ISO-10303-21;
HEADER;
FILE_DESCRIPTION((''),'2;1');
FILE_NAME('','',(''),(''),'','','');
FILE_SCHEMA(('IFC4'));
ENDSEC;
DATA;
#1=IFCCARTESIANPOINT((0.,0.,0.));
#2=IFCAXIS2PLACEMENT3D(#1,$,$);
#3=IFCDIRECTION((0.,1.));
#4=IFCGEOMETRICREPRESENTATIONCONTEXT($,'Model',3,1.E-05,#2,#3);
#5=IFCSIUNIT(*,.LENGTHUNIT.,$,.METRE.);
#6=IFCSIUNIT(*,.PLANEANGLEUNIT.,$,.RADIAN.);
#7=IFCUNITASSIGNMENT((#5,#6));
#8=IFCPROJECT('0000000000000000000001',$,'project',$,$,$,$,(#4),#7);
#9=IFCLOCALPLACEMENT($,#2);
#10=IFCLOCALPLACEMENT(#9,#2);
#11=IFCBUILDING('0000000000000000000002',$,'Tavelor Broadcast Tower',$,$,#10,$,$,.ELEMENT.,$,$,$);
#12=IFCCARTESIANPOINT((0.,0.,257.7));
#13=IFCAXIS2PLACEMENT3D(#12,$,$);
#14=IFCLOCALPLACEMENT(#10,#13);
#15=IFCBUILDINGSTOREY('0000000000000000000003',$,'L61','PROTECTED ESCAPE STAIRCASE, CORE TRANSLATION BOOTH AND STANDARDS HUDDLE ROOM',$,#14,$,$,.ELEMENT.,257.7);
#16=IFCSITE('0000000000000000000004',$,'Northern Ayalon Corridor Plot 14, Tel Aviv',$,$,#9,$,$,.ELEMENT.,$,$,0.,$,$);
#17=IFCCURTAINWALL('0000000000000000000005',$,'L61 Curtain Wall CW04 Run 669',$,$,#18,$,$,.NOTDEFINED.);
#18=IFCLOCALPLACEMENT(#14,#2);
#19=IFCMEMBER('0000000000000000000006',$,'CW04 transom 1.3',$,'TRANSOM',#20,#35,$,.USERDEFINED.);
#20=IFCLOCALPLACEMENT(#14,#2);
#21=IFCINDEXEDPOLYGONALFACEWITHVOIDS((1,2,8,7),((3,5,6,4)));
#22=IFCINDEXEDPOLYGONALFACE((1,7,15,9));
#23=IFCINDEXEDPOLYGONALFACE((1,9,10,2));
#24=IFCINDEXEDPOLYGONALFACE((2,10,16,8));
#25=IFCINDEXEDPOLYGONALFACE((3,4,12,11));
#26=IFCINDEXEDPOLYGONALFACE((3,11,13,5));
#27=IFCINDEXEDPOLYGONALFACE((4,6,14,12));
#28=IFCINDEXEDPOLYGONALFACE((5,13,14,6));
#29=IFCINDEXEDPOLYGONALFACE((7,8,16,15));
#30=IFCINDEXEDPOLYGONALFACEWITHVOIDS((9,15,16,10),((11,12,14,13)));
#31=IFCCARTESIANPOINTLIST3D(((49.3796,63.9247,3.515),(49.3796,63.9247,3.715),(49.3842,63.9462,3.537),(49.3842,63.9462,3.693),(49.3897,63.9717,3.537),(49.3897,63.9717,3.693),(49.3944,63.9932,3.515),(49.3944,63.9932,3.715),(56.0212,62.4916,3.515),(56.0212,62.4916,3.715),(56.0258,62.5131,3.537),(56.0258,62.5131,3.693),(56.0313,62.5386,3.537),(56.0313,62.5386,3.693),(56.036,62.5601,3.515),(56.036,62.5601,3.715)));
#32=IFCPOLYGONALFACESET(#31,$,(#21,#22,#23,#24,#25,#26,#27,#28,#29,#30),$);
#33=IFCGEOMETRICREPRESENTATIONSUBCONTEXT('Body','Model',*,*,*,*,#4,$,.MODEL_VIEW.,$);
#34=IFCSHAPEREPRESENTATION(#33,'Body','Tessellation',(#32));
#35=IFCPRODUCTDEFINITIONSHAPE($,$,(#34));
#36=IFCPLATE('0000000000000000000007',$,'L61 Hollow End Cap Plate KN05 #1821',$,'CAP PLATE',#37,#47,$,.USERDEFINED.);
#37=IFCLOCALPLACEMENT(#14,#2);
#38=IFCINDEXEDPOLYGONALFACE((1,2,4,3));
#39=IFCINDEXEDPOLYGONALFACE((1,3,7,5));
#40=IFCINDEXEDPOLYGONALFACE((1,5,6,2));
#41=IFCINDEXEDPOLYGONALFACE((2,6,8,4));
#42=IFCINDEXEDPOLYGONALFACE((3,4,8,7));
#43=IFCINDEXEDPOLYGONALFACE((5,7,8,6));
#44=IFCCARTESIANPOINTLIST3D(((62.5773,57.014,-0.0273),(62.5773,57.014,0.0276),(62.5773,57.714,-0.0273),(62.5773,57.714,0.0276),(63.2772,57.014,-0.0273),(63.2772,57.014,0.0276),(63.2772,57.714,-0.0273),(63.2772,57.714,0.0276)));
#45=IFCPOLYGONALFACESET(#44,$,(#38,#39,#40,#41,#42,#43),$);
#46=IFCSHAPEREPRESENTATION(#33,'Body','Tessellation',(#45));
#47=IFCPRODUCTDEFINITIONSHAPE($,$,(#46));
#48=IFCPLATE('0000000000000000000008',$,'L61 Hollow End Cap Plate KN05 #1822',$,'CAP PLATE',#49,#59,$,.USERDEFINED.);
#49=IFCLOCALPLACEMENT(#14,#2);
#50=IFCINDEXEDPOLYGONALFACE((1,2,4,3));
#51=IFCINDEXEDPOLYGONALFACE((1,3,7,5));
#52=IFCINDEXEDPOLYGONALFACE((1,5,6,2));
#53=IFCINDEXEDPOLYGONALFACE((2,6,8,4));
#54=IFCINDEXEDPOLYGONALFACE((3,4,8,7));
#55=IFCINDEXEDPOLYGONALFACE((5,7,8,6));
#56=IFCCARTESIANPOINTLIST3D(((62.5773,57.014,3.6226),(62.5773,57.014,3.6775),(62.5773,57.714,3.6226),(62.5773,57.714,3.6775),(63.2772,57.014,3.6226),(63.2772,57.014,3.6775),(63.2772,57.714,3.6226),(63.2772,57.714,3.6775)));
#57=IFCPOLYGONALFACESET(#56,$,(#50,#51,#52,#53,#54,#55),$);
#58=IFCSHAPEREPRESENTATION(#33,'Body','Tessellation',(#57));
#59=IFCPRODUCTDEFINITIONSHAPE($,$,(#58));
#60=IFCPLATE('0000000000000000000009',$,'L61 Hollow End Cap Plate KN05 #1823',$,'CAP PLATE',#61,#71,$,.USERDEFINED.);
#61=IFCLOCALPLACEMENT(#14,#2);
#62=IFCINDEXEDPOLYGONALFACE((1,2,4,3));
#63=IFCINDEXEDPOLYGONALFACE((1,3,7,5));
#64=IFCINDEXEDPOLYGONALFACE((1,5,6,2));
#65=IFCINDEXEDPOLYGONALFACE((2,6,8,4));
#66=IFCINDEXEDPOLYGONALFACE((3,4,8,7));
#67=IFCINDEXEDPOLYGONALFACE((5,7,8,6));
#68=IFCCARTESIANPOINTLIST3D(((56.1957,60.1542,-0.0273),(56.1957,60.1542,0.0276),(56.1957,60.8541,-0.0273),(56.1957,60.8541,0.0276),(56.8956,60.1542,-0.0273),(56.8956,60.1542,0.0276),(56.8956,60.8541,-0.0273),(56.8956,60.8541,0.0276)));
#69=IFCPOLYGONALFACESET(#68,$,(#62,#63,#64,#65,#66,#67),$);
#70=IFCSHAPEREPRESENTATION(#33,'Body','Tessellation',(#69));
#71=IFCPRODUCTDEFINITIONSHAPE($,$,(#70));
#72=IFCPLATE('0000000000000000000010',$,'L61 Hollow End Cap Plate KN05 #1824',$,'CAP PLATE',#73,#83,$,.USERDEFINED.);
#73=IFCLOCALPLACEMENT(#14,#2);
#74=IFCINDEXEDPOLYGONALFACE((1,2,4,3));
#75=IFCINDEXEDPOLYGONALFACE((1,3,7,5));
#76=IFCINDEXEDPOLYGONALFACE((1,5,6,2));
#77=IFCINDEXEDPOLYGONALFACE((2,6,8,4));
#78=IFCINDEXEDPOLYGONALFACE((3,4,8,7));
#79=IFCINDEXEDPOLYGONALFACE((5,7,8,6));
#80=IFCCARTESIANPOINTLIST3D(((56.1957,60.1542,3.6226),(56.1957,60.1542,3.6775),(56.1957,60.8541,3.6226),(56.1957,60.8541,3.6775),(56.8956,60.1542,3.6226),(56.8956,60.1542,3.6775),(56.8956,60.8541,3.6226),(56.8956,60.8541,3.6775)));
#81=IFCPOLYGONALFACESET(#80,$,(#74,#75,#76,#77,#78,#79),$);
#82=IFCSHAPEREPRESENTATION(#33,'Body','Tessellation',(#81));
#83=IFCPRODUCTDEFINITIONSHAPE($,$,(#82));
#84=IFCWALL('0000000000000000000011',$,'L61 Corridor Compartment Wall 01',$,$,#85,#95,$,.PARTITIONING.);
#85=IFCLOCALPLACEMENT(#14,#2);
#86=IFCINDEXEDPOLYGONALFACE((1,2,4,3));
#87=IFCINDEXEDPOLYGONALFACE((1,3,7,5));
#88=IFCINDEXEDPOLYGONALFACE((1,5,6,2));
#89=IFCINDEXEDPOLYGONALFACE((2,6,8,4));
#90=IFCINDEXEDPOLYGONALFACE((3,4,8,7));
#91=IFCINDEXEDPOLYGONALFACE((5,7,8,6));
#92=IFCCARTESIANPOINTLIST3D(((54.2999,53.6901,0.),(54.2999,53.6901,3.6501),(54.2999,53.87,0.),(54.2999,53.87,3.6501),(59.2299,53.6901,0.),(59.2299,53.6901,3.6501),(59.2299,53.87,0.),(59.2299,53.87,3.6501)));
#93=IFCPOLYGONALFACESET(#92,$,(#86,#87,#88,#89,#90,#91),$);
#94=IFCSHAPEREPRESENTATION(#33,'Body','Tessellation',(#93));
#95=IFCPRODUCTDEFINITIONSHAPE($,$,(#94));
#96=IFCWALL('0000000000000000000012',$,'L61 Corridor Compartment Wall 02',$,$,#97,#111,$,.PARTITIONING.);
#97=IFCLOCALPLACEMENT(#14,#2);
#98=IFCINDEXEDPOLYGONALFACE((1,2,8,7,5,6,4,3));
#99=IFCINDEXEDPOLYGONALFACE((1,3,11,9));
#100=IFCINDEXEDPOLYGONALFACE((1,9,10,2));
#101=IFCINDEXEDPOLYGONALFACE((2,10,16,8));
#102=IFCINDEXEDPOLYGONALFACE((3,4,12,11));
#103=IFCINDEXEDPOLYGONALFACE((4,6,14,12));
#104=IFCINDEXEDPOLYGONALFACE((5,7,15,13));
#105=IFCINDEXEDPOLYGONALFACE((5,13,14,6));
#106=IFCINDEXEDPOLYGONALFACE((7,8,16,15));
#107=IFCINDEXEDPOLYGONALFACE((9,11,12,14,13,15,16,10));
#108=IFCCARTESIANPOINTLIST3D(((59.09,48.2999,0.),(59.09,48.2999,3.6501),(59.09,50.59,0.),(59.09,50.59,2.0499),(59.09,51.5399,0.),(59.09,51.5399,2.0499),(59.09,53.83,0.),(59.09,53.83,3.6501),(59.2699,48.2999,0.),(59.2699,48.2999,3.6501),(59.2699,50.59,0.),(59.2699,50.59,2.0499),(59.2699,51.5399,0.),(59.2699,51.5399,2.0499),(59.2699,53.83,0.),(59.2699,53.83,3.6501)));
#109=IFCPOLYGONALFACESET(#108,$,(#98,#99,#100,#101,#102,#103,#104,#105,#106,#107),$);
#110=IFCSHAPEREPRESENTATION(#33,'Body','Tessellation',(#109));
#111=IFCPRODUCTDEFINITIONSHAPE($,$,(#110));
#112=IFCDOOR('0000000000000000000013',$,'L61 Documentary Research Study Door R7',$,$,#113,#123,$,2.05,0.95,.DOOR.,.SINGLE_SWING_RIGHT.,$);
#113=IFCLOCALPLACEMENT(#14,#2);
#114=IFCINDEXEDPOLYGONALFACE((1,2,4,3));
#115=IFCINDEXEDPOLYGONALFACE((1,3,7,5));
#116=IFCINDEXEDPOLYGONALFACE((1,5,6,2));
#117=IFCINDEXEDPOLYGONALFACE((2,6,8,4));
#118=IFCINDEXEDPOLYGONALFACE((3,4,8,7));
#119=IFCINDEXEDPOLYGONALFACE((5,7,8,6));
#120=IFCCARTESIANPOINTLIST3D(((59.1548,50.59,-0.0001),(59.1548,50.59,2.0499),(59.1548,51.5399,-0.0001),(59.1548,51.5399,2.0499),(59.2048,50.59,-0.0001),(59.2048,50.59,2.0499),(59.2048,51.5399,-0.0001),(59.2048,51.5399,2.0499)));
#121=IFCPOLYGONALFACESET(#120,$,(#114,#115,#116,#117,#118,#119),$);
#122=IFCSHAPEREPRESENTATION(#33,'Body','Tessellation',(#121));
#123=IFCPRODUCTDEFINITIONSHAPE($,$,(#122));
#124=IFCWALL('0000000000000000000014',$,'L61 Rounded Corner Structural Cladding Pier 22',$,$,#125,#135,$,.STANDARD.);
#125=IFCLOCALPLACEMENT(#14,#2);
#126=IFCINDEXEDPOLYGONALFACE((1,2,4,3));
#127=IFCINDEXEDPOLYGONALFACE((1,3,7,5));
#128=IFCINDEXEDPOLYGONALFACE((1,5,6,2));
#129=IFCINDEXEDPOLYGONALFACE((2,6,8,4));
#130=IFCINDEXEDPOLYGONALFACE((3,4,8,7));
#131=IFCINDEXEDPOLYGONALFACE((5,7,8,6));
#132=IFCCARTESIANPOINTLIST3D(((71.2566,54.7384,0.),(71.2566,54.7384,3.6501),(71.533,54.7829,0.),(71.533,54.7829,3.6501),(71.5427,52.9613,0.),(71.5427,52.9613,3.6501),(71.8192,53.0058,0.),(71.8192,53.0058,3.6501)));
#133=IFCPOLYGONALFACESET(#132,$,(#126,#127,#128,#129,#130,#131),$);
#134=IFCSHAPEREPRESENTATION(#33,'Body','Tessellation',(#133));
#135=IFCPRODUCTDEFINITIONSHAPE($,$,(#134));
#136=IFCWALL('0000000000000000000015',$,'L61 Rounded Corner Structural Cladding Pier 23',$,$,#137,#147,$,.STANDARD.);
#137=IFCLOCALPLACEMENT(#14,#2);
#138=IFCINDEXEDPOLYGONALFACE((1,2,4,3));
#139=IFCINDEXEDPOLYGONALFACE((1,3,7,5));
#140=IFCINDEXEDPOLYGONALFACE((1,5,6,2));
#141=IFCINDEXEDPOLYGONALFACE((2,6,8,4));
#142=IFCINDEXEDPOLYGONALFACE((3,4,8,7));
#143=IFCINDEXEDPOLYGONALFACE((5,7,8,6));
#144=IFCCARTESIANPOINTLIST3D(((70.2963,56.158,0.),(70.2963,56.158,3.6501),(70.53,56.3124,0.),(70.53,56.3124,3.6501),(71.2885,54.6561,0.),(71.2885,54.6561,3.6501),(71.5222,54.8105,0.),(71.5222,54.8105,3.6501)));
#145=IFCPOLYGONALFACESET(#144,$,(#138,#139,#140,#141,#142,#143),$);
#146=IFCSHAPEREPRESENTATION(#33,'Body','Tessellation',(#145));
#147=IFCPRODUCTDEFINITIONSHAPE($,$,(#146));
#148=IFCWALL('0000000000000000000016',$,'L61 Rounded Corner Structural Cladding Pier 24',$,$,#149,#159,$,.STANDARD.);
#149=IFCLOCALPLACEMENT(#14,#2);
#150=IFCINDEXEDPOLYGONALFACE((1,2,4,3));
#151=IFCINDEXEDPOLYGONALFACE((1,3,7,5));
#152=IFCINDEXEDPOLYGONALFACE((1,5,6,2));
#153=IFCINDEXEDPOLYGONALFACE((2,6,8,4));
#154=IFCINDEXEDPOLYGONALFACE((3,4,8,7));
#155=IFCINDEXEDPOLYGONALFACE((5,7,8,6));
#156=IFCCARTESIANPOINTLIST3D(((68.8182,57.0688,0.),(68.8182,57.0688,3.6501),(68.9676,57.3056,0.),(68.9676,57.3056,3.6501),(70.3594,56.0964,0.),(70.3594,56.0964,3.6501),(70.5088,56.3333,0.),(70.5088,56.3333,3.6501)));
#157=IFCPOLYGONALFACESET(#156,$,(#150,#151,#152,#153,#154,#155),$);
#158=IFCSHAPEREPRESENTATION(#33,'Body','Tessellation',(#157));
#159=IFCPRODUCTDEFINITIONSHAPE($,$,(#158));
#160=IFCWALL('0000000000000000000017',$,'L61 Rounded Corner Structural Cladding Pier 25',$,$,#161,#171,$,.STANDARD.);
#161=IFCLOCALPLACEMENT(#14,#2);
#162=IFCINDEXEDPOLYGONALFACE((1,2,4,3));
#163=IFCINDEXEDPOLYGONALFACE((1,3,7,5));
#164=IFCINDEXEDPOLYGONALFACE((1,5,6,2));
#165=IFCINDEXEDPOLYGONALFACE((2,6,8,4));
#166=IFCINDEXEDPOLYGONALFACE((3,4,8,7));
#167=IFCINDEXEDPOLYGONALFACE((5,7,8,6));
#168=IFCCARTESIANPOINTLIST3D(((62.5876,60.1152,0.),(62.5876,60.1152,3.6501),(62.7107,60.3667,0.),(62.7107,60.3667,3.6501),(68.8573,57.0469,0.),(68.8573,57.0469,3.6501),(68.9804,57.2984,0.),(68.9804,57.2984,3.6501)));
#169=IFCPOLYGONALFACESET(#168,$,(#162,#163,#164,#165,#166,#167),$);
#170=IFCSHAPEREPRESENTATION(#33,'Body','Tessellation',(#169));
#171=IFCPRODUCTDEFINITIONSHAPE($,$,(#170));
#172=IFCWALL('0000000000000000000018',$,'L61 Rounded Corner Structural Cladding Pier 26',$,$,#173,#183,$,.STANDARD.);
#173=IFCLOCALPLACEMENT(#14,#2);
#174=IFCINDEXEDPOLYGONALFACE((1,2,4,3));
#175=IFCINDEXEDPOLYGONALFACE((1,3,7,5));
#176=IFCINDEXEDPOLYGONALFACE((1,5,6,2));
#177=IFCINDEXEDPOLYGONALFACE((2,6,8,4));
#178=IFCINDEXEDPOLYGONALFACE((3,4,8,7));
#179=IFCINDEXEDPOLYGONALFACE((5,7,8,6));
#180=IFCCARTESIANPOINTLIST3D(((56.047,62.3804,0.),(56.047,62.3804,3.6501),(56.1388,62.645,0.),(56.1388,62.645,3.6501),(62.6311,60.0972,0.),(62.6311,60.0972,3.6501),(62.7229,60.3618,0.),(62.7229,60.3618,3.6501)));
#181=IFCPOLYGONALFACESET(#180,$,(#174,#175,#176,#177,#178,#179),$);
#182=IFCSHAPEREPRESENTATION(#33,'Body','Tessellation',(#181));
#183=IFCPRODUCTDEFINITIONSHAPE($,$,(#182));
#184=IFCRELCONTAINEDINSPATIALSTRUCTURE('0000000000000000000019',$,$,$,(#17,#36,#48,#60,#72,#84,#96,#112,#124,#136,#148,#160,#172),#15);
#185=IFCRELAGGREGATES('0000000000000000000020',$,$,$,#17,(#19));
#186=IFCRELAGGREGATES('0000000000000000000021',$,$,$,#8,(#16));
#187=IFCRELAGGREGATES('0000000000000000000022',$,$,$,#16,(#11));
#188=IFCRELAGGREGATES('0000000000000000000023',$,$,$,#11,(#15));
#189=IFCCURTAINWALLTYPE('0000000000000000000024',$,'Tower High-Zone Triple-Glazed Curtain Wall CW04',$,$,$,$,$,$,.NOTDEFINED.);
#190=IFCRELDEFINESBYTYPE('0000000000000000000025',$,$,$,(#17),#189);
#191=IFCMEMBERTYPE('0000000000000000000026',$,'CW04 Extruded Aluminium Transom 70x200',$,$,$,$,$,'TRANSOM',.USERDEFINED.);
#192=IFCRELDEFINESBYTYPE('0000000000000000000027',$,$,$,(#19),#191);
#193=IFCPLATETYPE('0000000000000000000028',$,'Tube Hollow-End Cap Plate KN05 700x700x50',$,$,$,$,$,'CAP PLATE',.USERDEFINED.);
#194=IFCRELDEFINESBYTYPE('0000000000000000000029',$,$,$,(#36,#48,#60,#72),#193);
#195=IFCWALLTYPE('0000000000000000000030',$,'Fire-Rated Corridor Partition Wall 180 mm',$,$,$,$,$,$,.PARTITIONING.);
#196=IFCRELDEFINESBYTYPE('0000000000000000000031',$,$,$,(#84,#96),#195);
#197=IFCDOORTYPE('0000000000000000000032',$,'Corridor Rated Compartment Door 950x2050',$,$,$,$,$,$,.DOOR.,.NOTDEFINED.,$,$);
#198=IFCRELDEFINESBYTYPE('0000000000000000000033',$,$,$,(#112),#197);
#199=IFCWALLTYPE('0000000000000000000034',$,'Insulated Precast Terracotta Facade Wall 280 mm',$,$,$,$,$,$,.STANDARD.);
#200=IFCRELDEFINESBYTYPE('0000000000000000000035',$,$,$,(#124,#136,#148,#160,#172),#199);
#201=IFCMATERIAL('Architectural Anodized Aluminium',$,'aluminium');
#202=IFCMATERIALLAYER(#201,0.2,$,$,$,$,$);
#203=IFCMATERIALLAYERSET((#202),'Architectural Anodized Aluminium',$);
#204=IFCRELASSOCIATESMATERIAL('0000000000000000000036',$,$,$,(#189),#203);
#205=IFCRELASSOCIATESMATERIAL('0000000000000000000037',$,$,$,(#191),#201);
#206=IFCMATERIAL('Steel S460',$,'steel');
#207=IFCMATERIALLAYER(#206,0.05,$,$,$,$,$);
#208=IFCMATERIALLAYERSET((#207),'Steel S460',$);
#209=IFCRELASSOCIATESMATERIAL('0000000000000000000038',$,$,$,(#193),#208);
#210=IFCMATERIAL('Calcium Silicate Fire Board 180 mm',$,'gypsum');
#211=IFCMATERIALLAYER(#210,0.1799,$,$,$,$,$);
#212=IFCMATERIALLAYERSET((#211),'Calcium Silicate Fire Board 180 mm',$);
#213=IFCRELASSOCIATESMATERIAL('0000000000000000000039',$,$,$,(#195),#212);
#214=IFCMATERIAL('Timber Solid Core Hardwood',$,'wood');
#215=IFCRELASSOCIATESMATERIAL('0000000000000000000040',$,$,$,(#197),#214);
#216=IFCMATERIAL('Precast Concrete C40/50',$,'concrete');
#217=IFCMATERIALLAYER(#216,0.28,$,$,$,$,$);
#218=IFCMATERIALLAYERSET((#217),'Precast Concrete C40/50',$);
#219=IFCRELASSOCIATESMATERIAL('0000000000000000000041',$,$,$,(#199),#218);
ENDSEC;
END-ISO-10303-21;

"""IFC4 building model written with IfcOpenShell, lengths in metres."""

from ifc_helpers import new_model, si_unit, direction, frame, frame_2d, origin, origin_2d, place, context, subcontext, project, spatial, rectangle, hollow_rectangle, extrude, source, transform, mapped, material, layer, layer_set, material_profile, profile_set, type_object, type_shapes, element, fill, aggregate, save


model = new_model("IFC4")

# Units and contexts
model_context = context("Model", 3, precision=1e-05, world=origin(), true_north=direction((0.0, 1.0)))
body_context = subcontext(model_context, "Body", "Model", "MODEL_VIEW")
ifc_project = project(units=[si_unit("LENGTHUNIT", "METRE"), si_unit("PLANEANGLEUNIT", "RADIAN")], contexts=[model_context])

# Site, building, storey
site_placement = place(None, origin())
site = spatial("IfcSite", under=ifc_project, at=site_placement, Name="Northern Ayalon Corridor Plot 14, Tel Aviv", CompositionType="ELEMENT", RefElevation=0.0)
building_placement = place(site_placement, origin())
building = spatial("IfcBuilding", under=site, at=building_placement, Name="Tavelor Broadcast Tower", CompositionType="ELEMENT")
storey_placement = place(building_placement, frame((0.0, 0.0, 257.7)))
storey = spatial("IfcBuildingStorey", under=building, at=storey_placement, Name="L61", Description="PROTECTED ESCAPE STAIRCASE, CORE TRANSLATION BOOTH AND STANDARDS HUDDLE ROOM", CompositionType="ELEMENT", Elevation=257.7)

# Shared definitions
ifc_material_1 = material(Name="Steel S460", Category="steel")

# Curtain wall, member
ifc_material_2 = material(Name="Architectural Anodized Aluminium", Category="aluminium")
ifc_layer_1 = layer(ifc_material_2, 0.2)
ifc_layer_set_1 = layer_set([ifc_layer_1], Name="Architectural Anodized Aluminium")
curtain_wall_type = type_object("IfcCurtainWallType", Name="Tower High-Zone Triple-Glazed Curtain Wall CW04", PredefinedType="NOTDEFINED", material=ifc_layer_set_1)
curtain_wall_placement = place(storey_placement, origin())
curtain_wall = element("IfcCurtainWall", 1, at=curtain_wall_placement, inside=storey, type_object=curtain_wall_type, Name="L61 Curtain Wall CW04 Run 669", PredefinedType="NOTDEFINED")
ifc_material_profile_1 = material_profile(ifc_material_2, hollow_rectangle(XDim=0.0701, YDim=0.2, WallThickness=0.022, at=origin_2d()), Name="RHS 70x200x22")
ifc_profile_set_1 = profile_set([ifc_material_profile_1], Name="Architectural Anodized Aluminium")
member_type_1 = type_object("IfcMemberType", Name="CW04 Extruded Aluminium Transom 70x200", ElementType="TRANSOM", PredefinedType="USERDEFINED", material=ifc_profile_set_1)
shared_shape_1 = source(origin(), body_context, "Body", "SweptSolid", [
    extrude(hollow_rectangle(XDim=0.0701, YDim=0.2, WallThickness=0.022, at=origin_2d()), origin(), (0.0, 0.0, 1.0), 6.7944),
])
type_shapes(member_type_1, [shared_shape_1])
member_1_placement = place(storey_placement, frame((56.0286, 62.5259, 3.615), z_axis=(-0.977503, 0.210923, 0.0), x_axis=(-0.210923, -0.977503, 0.0)))
member_1 = element("IfcMember", 2, at=member_1_placement, type_object=member_type_1, Name="CW04 transom 1.3", ObjectType="TRANSOM", PredefinedType="USERDEFINED", context=body_context, shape_type="MappedRepresentation", body=[
    mapped(shared_shape_1, transform((0.0, 0.0, 0.0), scale=1.0)),
])
aggregate(curtain_wall, [member_1])

# Plates
ifc_layer_2 = layer(ifc_material_1, 0.05)
ifc_layer_set_2 = layer_set([ifc_layer_2], Name="Steel S460")
plate_type = type_object("IfcPlateType", Name="Tube Hollow-End Cap Plate KN05 700x700x50", ElementType="CAP PLATE", PredefinedType="USERDEFINED", material=ifc_layer_set_2)
shared_shape_2 = source(origin(), body_context, "Body", "SweptSolid", [
    extrude(rectangle(XDim=0.7, YDim=0.7, at=origin_2d()), origin(), (0.0, 0.0, 1.0), 0.0549),
])
type_shapes(plate_type, [shared_shape_2])
for number, where, z_axis, x_axis, name in (
    (3, (62.9272, 57.364, -0.0273), (0.0, 0.0, 1.0), (1.0, 0.0, 0.0), "L61 Hollow End Cap Plate KN05 #1821"),
    (4, (62.9272, 57.364, 3.6226), (0.0, 0.0, 1.0), (1.0, 0.0, 0.0), "L61 Hollow End Cap Plate KN05 #1822"),
    (5, (56.5457, 60.5042, -0.0273), (0.0, 0.0, 1.0), (1.0, 0.0, 0.0), "L61 Hollow End Cap Plate KN05 #1823"),
    (6, (56.5457, 60.5042, 3.6226), (0.0, 0.0, 1.0), (1.0, 0.0, 0.0), "L61 Hollow End Cap Plate KN05 #1824"),
):
    element("IfcPlate", number, at=place(storey_placement, frame(where, z_axis=z_axis, x_axis=x_axis)), inside=storey, type_object=plate_type, Name=name, ObjectType="CAP PLATE", PredefinedType="USERDEFINED", context=body_context, shape_type="MappedRepresentation", body=[
        mapped(shared_shape_2, transform((0.0, 0.0, 0.0), scale=1.0)),
    ])

# Wall
ifc_material_3 = material(Name="Calcium Silicate Fire Board 180 mm", Category="gypsum")
ifc_layer_3 = layer(ifc_material_3, 0.1799)
ifc_layer_set_3 = layer_set([ifc_layer_3], Name="Calcium Silicate Fire Board 180 mm")
wall_type_1 = type_object("IfcWallType", Name="Fire-Rated Corridor Partition Wall 180 mm", PredefinedType="PARTITIONING", material=ifc_layer_set_3)
wall_1_placement = place(storey_placement, frame((54.3, 53.78, 0.0), z_axis=(0.0, 0.0, 1.0), x_axis=(1.0, 0.0, 0.0)))
element("IfcWall", 7, at=wall_1_placement, inside=storey, type_object=wall_type_1, Name="L61 Corridor Compartment Wall 01", PredefinedType="PARTITIONING", context=body_context, shape_type="SweptSolid", body=[
    extrude(rectangle(XDim=4.9299, YDim=0.1799, at=frame_2d((2.4648, 0.0))), origin(), (0.0, 0.0, 1.0), 3.6501),
])

# Wall, opening, door
wall_2_placement = place(storey_placement, frame((59.1799, 53.8301, 0.0), z_axis=(0.0, 0.0, 1.0), x_axis=(0.0, -1.0, 0.0)))
wall_2 = element("IfcWall", 8, at=wall_2_placement, inside=storey, type_object=wall_type_1, Name="L61 Corridor Compartment Wall 02", PredefinedType="PARTITIONING", context=body_context, shape_type="SweptSolid", body=[
    extrude(rectangle(XDim=5.53, YDim=0.1799, at=frame_2d((2.7651, 0.0))), origin(), (0.0, 0.0, 1.0), 3.6501),
])
opening_placement = place(wall_2_placement, frame((2.29, 0.0, 0.0)))
opening = element("IfcOpeningElement", 9, at=opening_placement, cuts=wall_2, PredefinedType="OPENING", context=body_context, shape_type="SweptSolid", body=[
    extrude(rectangle(XDim=0.95, YDim=2.05, at=frame_2d((0.4751, 1.0249))), frame((0.0, 0.1001, 0.0), z_axis=(0.0, -1.0, 0.0), x_axis=(1.0, 0.0, 0.0)), (0.0, 0.0, 1.0), 0.2),
])
ifc_material_4 = material(Name="Timber Solid Core Hardwood", Category="wood")
door_type = type_object("IfcDoorType", Name="Corridor Rated Compartment Door 950x2050", OperationType="NOTDEFINED", PredefinedType="DOOR", material=ifc_material_4)
door_placement = place(opening_placement, origin())
door = element("IfcDoor", 10, at=door_placement, inside=storey, type_object=door_type, Name="L61 Documentary Research Study Door R7", OperationType="SINGLE_SWING_RIGHT", OverallHeight=2.05, OverallWidth=0.95, PredefinedType="DOOR", context=body_context, shape_type="SweptSolid", body=[
    extrude(rectangle(XDim=0.95, YDim=2.05, at=frame_2d((0.4751, 1.0249))), frame((0.0, 0.0249, 0.0), z_axis=(0.0, -1.0, 0.0), x_axis=(1.0, 0.0, 0.0)), (0.0, 0.0, 1.0), 0.05),
])
fill(opening, door)

# Walls
ifc_material_5 = material(Name="Precast Concrete C40/50", Category="concrete")
ifc_layer_4 = layer(ifc_material_5, 0.28)
ifc_layer_set_4 = layer_set([ifc_layer_4], Name="Precast Concrete C40/50")
wall_type_2 = type_object("IfcWallType", Name="Insulated Precast Terracotta Facade Wall 280 mm", PredefinedType="STANDARD", material=ifc_layer_set_4)
for number, where, z_axis, x_axis, name in (
    (11, (71.6809, 52.9836, 0.0), (0.0, 0.0, 1.0), (-0.158964, 0.987284, 0.0), "L61 Rounded Corner Structural Cladding Pier 22"),
    (12, (71.4053, 54.7334, 0.0), (0.0, 0.0, 1.0), (-0.55119, 0.83438, 0.0), "L61 Rounded Corner Structural Cladding Pier 23"),
):
    element("IfcWall", number, at=place(storey_placement, frame(where, z_axis=z_axis, x_axis=x_axis)), inside=storey, type_object=wall_type_2, Name=name, PredefinedType="STANDARD", context=body_context, shape_type="SweptSolid", body=[
        extrude(rectangle(XDim=1.8, YDim=0.28, at=frame_2d((0.8999, 0.0))), origin(), (0.0, 0.0, 1.0), 3.6501),
    ])
wall_3_placement = place(storey_placement, frame((70.4341, 56.2148, 0.0), z_axis=(0.0, 0.0, 1.0), x_axis=(-0.84574, 0.533595, 0.0)))
element("IfcWall", 13, at=wall_3_placement, inside=storey, type_object=wall_type_2, Name="L61 Rounded Corner Structural Cladding Pier 24", PredefinedType="STANDARD", context=body_context, shape_type="SweptSolid", body=[
    extrude(rectangle(XDim=1.8223, YDim=0.28, at=frame_2d((0.9111, 0.0))), origin(), (0.0, 0.0, 1.0), 3.6501),
])
wall_4_placement = place(storey_placement, frame((68.9189, 57.1726, 0.0), z_axis=(0.0, 0.0, 1.0), x_axis=(-0.898207, 0.439573, 0.0)))
element("IfcWall", 14, at=wall_4_placement, inside=storey, type_object=wall_type_2, Name="L61 Rounded Corner Structural Cladding Pier 25", PredefinedType="STANDARD", context=body_context, shape_type="SweptSolid", body=[
    extrude(rectangle(XDim=6.9802, YDim=0.28, at=frame_2d((3.4902, 0.0))), origin(), (0.0, 0.0, 1.0), 3.6501),
])
wall_5_placement = place(storey_placement, frame((62.677, 60.2295, 0.0), z_axis=(0.0, 0.0, 1.0), x_axis=(-0.944803, 0.32764, 0.0)))
element("IfcWall", 15, at=wall_5_placement, inside=storey, type_object=wall_type_2, Name="L61 Rounded Corner Structural Cladding Pier 26", PredefinedType="STANDARD", context=body_context, shape_type="SweptSolid", body=[
    extrude(rectangle(XDim=6.9688, YDim=0.28, at=frame_2d((3.4844, 0.0))), origin(), (0.0, 0.0, 1.0), 3.6501),
])

save(model, "model.ifc")
